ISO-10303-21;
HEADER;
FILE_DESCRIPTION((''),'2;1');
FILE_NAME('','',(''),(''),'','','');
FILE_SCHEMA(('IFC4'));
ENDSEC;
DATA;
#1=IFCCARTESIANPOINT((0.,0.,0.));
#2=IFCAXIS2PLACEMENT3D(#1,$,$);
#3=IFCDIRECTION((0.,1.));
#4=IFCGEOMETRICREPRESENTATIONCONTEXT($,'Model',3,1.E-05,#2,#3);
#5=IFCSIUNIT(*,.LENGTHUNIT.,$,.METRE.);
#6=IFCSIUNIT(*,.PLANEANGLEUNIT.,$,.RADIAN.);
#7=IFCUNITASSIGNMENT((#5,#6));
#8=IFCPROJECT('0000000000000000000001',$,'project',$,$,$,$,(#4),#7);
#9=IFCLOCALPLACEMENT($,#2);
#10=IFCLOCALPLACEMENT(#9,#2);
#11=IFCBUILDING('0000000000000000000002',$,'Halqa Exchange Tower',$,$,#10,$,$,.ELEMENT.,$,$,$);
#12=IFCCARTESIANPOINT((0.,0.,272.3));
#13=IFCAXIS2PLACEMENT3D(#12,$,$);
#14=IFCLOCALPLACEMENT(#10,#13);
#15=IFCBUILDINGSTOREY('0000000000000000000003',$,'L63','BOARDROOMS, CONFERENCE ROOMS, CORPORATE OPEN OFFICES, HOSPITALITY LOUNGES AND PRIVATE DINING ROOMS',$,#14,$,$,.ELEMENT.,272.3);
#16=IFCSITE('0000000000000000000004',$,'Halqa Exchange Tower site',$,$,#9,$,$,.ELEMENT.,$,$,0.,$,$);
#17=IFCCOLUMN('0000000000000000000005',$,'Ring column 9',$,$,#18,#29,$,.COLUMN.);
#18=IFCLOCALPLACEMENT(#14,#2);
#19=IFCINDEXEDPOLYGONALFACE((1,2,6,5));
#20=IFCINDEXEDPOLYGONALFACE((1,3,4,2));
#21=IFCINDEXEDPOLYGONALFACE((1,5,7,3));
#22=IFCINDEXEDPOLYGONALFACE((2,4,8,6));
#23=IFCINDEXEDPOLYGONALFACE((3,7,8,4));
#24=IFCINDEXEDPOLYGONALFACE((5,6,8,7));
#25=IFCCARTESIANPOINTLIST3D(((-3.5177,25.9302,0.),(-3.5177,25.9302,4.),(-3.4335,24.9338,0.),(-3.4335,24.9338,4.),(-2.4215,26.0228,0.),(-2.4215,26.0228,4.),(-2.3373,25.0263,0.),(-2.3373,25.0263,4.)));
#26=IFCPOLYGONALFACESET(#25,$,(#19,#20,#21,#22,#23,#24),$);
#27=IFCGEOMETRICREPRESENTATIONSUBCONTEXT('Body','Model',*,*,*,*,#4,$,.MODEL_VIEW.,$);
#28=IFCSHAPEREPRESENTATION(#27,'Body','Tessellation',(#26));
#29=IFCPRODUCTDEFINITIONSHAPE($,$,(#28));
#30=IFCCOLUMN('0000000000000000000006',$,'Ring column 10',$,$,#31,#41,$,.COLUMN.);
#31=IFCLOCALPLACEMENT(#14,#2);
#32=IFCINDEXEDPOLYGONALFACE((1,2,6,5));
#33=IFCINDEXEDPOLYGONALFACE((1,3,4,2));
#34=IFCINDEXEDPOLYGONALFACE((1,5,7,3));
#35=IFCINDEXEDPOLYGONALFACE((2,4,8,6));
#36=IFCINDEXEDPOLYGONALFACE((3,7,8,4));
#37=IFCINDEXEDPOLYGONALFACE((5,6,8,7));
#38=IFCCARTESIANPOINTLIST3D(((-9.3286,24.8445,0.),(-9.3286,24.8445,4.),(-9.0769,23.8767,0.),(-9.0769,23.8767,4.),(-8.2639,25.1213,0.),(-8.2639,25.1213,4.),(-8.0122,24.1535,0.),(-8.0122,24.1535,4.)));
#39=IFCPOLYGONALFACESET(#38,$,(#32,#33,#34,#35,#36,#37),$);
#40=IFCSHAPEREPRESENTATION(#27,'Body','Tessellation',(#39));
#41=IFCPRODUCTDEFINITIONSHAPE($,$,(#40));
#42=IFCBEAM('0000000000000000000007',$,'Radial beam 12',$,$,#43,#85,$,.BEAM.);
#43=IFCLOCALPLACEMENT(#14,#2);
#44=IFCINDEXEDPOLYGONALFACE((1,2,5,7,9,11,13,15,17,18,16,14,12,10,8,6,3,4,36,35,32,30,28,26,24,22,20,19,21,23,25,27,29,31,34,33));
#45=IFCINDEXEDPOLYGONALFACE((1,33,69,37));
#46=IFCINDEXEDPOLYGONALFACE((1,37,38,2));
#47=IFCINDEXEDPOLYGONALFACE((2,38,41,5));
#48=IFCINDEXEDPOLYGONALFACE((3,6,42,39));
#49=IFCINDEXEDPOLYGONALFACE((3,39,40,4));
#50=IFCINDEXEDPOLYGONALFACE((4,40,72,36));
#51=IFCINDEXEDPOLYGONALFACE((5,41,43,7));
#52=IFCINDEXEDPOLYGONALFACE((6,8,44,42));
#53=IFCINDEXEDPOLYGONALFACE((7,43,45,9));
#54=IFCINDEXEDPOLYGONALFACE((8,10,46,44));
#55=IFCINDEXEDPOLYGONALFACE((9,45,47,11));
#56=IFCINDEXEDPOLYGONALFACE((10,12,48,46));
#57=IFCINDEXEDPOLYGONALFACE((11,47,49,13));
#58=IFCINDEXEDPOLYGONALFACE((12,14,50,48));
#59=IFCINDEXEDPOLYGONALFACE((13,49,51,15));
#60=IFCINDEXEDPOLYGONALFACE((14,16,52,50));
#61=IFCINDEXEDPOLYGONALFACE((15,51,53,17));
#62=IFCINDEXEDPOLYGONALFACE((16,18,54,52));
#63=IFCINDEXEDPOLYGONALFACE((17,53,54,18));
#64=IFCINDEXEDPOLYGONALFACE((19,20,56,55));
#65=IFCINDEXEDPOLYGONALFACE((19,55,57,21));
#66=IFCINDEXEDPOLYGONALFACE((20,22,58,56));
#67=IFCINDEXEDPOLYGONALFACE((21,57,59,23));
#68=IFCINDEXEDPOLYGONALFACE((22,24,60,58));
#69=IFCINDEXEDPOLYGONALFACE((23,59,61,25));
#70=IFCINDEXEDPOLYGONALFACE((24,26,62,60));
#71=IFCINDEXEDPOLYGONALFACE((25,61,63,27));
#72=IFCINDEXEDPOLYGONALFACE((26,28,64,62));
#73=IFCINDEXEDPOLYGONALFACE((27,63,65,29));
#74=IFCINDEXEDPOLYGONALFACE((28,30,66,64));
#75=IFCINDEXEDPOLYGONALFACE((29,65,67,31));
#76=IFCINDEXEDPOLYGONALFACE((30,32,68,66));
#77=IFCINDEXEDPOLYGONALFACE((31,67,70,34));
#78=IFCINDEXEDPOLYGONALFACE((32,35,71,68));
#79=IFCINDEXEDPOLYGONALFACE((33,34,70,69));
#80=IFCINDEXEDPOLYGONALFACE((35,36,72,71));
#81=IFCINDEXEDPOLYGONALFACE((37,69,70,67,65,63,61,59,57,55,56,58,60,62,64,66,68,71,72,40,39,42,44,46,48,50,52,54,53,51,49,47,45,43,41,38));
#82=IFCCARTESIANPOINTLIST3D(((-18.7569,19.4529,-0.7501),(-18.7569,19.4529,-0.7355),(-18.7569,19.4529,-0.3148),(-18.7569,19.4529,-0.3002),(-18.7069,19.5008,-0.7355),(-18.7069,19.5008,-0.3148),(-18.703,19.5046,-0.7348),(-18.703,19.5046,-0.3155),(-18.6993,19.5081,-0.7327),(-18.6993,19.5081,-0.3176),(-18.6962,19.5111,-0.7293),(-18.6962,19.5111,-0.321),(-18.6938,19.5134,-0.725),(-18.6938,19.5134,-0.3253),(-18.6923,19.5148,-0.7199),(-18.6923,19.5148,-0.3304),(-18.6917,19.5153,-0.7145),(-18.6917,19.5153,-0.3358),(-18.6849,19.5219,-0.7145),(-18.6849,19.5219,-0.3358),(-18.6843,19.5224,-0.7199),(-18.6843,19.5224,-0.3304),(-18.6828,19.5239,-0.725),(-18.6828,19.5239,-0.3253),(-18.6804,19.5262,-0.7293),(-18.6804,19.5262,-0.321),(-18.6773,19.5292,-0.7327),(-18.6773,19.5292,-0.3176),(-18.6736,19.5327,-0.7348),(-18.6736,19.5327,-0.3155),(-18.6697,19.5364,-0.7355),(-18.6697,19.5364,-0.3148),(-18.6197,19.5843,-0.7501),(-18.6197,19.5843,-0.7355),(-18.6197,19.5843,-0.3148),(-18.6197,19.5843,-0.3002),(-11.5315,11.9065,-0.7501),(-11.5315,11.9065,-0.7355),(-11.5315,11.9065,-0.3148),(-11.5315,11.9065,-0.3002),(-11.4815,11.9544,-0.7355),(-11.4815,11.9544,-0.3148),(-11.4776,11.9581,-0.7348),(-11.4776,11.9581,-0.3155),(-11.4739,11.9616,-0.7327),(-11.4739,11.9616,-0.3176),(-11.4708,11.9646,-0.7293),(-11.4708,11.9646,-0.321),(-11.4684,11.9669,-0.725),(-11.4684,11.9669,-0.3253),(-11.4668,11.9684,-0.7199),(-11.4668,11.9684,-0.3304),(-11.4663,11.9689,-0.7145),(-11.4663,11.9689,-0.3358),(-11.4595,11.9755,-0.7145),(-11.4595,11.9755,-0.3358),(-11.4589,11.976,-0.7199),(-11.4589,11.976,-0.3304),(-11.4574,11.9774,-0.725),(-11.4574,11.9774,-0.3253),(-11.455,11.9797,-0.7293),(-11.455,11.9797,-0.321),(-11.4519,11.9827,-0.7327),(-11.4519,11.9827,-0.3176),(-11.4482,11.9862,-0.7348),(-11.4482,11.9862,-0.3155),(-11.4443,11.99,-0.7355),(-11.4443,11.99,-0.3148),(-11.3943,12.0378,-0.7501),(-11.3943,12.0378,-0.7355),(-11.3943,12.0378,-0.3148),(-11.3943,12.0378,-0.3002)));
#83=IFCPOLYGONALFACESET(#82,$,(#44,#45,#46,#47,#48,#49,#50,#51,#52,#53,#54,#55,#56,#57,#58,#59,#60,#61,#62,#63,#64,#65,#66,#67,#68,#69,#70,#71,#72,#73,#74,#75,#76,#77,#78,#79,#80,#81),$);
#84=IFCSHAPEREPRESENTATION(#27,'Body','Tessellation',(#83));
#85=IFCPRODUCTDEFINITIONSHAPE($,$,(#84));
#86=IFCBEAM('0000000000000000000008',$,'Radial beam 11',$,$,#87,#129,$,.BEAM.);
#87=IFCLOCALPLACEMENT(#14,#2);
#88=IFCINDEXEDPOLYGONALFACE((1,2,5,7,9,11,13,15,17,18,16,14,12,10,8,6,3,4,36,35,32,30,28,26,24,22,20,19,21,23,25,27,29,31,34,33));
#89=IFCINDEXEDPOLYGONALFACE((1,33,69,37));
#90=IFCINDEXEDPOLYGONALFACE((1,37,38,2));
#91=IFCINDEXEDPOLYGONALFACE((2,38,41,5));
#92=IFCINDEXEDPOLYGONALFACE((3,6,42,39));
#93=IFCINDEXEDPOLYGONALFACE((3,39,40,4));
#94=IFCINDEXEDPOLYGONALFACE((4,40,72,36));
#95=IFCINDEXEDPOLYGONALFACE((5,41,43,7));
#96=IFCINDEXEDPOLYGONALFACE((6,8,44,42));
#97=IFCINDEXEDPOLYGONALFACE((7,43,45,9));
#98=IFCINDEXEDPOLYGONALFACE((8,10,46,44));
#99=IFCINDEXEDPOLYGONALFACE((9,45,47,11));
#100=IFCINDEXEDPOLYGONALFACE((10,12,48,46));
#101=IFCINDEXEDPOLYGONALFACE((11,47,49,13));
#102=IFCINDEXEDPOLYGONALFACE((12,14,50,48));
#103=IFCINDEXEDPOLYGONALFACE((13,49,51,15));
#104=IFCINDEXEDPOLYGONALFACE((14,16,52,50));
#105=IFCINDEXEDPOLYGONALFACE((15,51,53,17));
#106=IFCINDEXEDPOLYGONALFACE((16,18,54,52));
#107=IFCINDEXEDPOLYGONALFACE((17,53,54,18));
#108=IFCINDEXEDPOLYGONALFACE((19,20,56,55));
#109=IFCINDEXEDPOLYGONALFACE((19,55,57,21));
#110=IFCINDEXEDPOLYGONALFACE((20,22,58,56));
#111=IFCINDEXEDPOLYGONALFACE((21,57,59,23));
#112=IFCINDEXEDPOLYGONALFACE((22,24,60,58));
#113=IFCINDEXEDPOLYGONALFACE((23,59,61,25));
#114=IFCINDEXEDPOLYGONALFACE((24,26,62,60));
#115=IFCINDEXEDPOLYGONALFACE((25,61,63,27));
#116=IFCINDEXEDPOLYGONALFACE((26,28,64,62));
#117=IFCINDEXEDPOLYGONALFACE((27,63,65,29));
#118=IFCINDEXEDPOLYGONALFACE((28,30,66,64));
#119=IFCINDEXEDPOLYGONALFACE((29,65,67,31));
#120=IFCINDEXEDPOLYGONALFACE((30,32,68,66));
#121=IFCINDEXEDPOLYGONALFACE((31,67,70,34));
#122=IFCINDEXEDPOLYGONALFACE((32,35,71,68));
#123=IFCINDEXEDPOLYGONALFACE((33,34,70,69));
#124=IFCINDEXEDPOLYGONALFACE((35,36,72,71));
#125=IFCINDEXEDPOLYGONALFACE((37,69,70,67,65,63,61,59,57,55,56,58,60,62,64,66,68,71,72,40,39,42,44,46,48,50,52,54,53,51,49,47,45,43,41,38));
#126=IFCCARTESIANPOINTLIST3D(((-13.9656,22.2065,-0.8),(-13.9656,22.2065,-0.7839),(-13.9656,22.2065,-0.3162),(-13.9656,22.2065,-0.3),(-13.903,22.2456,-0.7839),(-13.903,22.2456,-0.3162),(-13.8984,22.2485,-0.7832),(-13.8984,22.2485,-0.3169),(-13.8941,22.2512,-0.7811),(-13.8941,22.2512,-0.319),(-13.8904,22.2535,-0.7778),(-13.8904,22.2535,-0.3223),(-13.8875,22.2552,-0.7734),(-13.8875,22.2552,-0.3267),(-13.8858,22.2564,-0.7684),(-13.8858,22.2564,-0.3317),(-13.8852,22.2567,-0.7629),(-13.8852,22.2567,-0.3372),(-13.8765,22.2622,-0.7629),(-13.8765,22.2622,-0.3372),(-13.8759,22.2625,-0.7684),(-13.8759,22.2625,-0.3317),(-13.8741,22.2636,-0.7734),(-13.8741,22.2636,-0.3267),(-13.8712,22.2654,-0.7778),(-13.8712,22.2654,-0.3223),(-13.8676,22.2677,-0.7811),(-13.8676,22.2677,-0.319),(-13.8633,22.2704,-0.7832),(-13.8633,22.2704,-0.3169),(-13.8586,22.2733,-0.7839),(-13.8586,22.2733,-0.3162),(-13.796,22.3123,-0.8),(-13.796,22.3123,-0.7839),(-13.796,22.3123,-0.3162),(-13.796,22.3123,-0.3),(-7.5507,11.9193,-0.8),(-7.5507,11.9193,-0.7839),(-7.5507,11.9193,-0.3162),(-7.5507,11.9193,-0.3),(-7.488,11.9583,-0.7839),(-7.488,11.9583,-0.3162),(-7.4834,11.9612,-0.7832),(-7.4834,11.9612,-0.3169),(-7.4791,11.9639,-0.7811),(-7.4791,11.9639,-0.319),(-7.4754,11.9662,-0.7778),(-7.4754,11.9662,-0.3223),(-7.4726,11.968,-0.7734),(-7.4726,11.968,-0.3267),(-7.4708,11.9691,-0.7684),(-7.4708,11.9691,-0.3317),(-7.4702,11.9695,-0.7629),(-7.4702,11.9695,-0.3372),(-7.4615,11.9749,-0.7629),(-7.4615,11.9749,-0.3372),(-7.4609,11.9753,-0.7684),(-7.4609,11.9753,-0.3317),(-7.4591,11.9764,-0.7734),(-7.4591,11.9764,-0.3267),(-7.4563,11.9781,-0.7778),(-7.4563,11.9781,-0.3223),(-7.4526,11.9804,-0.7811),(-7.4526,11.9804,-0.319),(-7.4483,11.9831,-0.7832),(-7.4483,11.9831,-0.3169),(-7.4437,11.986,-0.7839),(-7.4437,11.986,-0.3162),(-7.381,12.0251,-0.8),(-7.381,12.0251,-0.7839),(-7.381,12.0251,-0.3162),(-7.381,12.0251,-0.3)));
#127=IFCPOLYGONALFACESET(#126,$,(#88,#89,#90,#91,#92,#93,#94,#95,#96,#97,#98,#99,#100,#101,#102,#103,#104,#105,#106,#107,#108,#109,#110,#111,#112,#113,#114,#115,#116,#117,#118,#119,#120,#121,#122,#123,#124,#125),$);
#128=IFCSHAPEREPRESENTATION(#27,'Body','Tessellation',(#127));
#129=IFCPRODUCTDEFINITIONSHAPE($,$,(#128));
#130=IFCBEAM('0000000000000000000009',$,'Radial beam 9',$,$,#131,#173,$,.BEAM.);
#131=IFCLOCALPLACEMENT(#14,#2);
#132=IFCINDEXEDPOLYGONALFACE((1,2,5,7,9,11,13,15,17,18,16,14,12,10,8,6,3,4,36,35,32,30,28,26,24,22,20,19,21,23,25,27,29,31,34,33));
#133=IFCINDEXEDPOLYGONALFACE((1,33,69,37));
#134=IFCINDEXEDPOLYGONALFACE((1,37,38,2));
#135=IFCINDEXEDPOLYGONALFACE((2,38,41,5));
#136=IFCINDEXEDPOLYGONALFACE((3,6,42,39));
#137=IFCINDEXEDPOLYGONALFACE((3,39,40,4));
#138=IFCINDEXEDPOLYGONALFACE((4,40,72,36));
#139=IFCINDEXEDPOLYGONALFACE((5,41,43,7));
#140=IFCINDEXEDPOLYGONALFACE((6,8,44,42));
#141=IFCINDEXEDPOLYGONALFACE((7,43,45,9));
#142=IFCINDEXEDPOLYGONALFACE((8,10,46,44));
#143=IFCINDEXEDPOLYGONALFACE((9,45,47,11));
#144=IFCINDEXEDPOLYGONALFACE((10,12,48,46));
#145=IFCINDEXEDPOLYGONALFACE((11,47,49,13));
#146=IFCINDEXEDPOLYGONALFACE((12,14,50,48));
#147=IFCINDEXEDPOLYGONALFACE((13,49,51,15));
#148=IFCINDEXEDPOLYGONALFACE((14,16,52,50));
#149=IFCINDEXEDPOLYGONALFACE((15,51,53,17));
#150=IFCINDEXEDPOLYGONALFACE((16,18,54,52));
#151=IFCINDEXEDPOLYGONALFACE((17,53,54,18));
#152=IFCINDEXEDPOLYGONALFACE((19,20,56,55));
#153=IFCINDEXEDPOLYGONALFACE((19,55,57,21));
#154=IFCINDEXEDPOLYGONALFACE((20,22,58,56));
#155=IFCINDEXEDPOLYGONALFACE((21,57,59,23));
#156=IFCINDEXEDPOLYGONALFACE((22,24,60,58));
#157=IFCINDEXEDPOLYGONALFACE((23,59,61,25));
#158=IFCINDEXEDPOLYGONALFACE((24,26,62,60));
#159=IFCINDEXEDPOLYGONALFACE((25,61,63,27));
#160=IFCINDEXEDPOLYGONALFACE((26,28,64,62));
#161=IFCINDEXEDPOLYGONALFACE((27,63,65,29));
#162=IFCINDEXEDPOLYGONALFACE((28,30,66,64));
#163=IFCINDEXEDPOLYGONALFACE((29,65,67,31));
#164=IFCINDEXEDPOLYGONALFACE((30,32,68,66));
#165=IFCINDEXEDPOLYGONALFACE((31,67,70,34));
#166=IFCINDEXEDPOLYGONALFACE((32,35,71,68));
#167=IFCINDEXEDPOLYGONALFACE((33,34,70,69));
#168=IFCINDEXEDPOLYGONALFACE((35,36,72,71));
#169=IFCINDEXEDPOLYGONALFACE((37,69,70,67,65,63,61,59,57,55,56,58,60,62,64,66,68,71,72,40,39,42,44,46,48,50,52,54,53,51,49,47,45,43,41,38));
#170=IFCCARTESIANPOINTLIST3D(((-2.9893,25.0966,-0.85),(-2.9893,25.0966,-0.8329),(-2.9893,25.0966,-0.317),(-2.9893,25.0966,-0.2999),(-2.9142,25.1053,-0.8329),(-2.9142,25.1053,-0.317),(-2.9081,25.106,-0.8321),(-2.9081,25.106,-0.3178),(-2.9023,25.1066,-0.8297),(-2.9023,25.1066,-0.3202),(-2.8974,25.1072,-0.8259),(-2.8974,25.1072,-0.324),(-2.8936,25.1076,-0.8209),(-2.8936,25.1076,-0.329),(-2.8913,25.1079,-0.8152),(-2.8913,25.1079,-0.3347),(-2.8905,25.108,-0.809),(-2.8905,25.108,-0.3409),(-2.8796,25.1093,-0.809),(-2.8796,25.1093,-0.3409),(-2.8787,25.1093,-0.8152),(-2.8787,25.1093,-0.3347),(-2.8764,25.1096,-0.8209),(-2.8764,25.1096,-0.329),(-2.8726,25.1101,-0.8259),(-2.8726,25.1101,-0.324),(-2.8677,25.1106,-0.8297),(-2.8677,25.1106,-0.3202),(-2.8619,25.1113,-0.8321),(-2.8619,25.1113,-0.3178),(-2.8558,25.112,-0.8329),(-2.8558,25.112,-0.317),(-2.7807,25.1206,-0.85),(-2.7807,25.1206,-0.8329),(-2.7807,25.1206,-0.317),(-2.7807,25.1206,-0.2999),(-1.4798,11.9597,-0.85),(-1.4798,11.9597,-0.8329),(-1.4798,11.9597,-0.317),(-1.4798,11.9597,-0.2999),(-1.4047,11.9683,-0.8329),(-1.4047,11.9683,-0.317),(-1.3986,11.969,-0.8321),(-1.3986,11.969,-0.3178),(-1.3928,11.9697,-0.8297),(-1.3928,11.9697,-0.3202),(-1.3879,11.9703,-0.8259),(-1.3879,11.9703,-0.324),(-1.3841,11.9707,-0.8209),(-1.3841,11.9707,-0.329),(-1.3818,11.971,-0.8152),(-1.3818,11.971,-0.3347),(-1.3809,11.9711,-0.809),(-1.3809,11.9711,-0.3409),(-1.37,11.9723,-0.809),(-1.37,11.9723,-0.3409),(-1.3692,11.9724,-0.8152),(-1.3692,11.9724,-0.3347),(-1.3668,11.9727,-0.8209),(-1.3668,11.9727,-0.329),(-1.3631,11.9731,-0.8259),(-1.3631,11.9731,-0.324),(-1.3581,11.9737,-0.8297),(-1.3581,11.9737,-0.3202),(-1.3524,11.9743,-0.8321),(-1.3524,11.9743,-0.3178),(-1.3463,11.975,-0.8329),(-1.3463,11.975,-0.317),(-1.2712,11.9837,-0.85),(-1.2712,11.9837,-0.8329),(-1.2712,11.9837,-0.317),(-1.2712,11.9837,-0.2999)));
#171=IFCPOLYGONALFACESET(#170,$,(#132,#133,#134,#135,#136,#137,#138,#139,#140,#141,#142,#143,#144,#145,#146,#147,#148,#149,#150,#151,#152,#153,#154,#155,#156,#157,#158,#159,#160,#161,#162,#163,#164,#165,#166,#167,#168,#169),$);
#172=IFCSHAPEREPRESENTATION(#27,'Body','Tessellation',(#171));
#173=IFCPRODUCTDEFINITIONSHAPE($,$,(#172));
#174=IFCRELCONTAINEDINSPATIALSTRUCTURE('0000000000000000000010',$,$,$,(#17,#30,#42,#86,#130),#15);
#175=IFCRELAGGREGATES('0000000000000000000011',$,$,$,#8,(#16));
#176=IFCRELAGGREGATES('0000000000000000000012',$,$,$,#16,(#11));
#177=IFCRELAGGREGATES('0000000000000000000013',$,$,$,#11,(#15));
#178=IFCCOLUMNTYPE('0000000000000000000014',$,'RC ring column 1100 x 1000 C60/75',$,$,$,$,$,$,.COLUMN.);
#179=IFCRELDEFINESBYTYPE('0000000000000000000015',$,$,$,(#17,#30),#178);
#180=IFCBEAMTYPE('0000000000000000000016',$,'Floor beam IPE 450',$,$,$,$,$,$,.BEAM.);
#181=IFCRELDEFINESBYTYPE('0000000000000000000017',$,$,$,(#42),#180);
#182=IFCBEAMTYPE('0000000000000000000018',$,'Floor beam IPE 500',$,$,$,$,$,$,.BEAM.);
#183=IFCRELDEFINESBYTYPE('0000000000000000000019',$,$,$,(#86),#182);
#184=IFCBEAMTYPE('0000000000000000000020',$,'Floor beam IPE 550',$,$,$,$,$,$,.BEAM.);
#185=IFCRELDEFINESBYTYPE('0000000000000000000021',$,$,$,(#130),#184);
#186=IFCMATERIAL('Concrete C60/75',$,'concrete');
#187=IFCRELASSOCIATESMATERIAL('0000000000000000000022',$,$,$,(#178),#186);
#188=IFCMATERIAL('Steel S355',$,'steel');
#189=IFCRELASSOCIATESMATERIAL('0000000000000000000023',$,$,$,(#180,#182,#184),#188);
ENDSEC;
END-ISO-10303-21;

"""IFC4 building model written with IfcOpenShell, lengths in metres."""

from ifc_helpers import new_model, si_unit, direction, frame, origin, origin_2d, place, context, subcontext, project, spatial, rectangle, i_section, extrude, material, material_profile, profile_set, type_object, element, save


model = new_model("IFC4")

# Units and contexts
model_context = context("Model", 3, precision=1e-05, world=origin(), true_north=direction((0.0, 1.0)))
body_context = subcontext(model_context, "Body", "Model", "MODEL_VIEW")
ifc_project = project(units=[si_unit("LENGTHUNIT", "METRE"), si_unit("PLANEANGLEUNIT", "RADIAN")], contexts=[model_context])

# Site, building, storey
site_placement = place(None, origin())
site = spatial("IfcSite", under=ifc_project, at=site_placement, Name="Halqa Exchange Tower site", CompositionType="ELEMENT", RefElevation=0.0)
building_placement = place(site_placement, origin())
building = spatial("IfcBuilding", under=site, at=building_placement, Name="Halqa Exchange Tower", CompositionType="ELEMENT")
storey_placement = place(building_placement, frame((0.0, 0.0, 272.3)))
storey = spatial("IfcBuildingStorey", under=building, at=storey_placement, Name="L63", Description="BOARDROOMS, CONFERENCE ROOMS, CORPORATE OPEN OFFICES, HOSPITALITY LOUNGES AND PRIVATE DINING ROOMS", CompositionType="ELEMENT", Elevation=272.3)

# Columns
ifc_material_1 = material(Name="Concrete C60/75", Category="concrete")
ifc_material_profile_1 = material_profile(ifc_material_1, rectangle(XDim=1.1001, YDim=1.0, at=origin_2d()), Name="1100 x 1000")
ifc_profile_set_1 = profile_set([ifc_material_profile_1], Name="Concrete C60/75")
column_type = type_object("IfcColumnType", Name="RC ring column 1100 x 1000 C60/75", PredefinedType="COLUMN", material=ifc_profile_set_1)
for number, where, z_axis, x_axis, name in (
    (1, (-2.9275, 25.4783, 0.0), (0.0, 0.0, 1.0), (-0.996456, -0.084121, 0.0), "Ring column 9"),
    (2, (-8.6704, 24.499, 0.0), (0.0, 0.0, 1.0), (-0.96782, -0.251642, 0.0), "Ring column 10"),
):
    element("IfcColumn", number, at=place(storey_placement, frame(where, z_axis=z_axis, x_axis=x_axis)), inside=storey, type_object=column_type, Name=name, PredefinedType="COLUMN", context=body_context, shape_type="SweptSolid", body=[
        extrude(rectangle(XDim=1.1001, YDim=1.0, at=origin_2d()), origin(), (0.0, 0.0, 1.0), 4.0),
    ])

# Beams
ifc_material_2 = material(Name="Steel S355", Category="steel")
ifc_material_profile_2 = material_profile(ifc_material_2, i_section(OverallWidth=0.1899, OverallDepth=0.45, WebThickness=0.0095, FlangeThickness=0.0146, FilletRadius=0.021, at=origin_2d()), Name="IPE 450")
ifc_profile_set_2 = profile_set([ifc_material_profile_2], Name="Steel S355")
beam_type_1 = type_object("IfcBeamType", Name="Floor beam IPE 450", PredefinedType="BEAM", material=ifc_profile_set_2)
beam_1_placement = place(storey_placement, frame((-11.4629, 11.9722, -0.5251), z_axis=(-0.691575, 0.722304, 0.0), x_axis=(-0.722304, -0.691575, 0.0)))
element("IfcBeam", 3, at=beam_1_placement, inside=storey, type_object=beam_type_1, Name="Radial beam 12", PredefinedType="BEAM", context=body_context, shape_type="SweptSolid", body=[
    extrude(i_section(OverallWidth=0.1899, OverallDepth=0.45, WebThickness=0.0095, FlangeThickness=0.0146, FilletRadius=0.021, at=origin_2d()), origin(), (0.0, 0.0, 1.0), 10.4478),
])
ifc_material_profile_3 = material_profile(ifc_material_2, i_section(OverallWidth=0.2, OverallDepth=0.5, WebThickness=0.0103, FlangeThickness=0.0161, FilletRadius=0.021, at=origin_2d()), Name="IPE 500")
ifc_profile_set_3 = profile_set([ifc_material_profile_3], Name="Steel S355")
beam_type_2 = type_object("IfcBeamType", Name="Floor beam IPE 500", PredefinedType="BEAM", material=ifc_profile_set_3)
beam_2_placement = place(storey_placement, frame((-7.4658, 11.9722, -0.55), z_axis=(-0.529135, 0.848538, 0.0), x_axis=(-0.848538, -0.529135, 0.0)))
element("IfcBeam", 4, at=beam_2_placement, inside=storey, type_object=beam_type_2, Name="Radial beam 11", PredefinedType="BEAM", context=body_context, shape_type="SweptSolid", body=[
    extrude(i_section(OverallWidth=0.2, OverallDepth=0.5, WebThickness=0.0103, FlangeThickness=0.0161, FilletRadius=0.021, at=origin_2d()), origin(), (0.0, 0.0, 1.0), 12.1235),
])
ifc_material_profile_4 = material_profile(ifc_material_2, i_section(OverallWidth=0.21, OverallDepth=0.55, WebThickness=0.011, FlangeThickness=0.0171, FilletRadius=0.0239, at=origin_2d()), Name="IPE 550")
ifc_profile_set_4 = profile_set([ifc_material_profile_4], Name="Steel S355")
beam_type_3 = type_object("IfcBeamType", Name="Floor beam IPE 550", PredefinedType="BEAM", material=ifc_profile_set_4)
beam_3_placement = place(storey_placement, frame((-1.3755, 11.9717, -0.575), z_axis=(-0.114155, 0.993463, 0.0), x_axis=(-0.993463, -0.114155, 0.0)))
element("IfcBeam", 5, at=beam_3_placement, inside=storey, type_object=beam_type_3, Name="Radial beam 9", PredefinedType="BEAM", context=body_context, shape_type="SweptSolid", body=[
    extrude(i_section(OverallWidth=0.21, OverallDepth=0.55, WebThickness=0.011, FlangeThickness=0.0171, FilletRadius=0.0239, at=origin_2d()), origin(), (0.0, 0.0, 1.0), 13.2234),
])

save(model, "model.ifc")
